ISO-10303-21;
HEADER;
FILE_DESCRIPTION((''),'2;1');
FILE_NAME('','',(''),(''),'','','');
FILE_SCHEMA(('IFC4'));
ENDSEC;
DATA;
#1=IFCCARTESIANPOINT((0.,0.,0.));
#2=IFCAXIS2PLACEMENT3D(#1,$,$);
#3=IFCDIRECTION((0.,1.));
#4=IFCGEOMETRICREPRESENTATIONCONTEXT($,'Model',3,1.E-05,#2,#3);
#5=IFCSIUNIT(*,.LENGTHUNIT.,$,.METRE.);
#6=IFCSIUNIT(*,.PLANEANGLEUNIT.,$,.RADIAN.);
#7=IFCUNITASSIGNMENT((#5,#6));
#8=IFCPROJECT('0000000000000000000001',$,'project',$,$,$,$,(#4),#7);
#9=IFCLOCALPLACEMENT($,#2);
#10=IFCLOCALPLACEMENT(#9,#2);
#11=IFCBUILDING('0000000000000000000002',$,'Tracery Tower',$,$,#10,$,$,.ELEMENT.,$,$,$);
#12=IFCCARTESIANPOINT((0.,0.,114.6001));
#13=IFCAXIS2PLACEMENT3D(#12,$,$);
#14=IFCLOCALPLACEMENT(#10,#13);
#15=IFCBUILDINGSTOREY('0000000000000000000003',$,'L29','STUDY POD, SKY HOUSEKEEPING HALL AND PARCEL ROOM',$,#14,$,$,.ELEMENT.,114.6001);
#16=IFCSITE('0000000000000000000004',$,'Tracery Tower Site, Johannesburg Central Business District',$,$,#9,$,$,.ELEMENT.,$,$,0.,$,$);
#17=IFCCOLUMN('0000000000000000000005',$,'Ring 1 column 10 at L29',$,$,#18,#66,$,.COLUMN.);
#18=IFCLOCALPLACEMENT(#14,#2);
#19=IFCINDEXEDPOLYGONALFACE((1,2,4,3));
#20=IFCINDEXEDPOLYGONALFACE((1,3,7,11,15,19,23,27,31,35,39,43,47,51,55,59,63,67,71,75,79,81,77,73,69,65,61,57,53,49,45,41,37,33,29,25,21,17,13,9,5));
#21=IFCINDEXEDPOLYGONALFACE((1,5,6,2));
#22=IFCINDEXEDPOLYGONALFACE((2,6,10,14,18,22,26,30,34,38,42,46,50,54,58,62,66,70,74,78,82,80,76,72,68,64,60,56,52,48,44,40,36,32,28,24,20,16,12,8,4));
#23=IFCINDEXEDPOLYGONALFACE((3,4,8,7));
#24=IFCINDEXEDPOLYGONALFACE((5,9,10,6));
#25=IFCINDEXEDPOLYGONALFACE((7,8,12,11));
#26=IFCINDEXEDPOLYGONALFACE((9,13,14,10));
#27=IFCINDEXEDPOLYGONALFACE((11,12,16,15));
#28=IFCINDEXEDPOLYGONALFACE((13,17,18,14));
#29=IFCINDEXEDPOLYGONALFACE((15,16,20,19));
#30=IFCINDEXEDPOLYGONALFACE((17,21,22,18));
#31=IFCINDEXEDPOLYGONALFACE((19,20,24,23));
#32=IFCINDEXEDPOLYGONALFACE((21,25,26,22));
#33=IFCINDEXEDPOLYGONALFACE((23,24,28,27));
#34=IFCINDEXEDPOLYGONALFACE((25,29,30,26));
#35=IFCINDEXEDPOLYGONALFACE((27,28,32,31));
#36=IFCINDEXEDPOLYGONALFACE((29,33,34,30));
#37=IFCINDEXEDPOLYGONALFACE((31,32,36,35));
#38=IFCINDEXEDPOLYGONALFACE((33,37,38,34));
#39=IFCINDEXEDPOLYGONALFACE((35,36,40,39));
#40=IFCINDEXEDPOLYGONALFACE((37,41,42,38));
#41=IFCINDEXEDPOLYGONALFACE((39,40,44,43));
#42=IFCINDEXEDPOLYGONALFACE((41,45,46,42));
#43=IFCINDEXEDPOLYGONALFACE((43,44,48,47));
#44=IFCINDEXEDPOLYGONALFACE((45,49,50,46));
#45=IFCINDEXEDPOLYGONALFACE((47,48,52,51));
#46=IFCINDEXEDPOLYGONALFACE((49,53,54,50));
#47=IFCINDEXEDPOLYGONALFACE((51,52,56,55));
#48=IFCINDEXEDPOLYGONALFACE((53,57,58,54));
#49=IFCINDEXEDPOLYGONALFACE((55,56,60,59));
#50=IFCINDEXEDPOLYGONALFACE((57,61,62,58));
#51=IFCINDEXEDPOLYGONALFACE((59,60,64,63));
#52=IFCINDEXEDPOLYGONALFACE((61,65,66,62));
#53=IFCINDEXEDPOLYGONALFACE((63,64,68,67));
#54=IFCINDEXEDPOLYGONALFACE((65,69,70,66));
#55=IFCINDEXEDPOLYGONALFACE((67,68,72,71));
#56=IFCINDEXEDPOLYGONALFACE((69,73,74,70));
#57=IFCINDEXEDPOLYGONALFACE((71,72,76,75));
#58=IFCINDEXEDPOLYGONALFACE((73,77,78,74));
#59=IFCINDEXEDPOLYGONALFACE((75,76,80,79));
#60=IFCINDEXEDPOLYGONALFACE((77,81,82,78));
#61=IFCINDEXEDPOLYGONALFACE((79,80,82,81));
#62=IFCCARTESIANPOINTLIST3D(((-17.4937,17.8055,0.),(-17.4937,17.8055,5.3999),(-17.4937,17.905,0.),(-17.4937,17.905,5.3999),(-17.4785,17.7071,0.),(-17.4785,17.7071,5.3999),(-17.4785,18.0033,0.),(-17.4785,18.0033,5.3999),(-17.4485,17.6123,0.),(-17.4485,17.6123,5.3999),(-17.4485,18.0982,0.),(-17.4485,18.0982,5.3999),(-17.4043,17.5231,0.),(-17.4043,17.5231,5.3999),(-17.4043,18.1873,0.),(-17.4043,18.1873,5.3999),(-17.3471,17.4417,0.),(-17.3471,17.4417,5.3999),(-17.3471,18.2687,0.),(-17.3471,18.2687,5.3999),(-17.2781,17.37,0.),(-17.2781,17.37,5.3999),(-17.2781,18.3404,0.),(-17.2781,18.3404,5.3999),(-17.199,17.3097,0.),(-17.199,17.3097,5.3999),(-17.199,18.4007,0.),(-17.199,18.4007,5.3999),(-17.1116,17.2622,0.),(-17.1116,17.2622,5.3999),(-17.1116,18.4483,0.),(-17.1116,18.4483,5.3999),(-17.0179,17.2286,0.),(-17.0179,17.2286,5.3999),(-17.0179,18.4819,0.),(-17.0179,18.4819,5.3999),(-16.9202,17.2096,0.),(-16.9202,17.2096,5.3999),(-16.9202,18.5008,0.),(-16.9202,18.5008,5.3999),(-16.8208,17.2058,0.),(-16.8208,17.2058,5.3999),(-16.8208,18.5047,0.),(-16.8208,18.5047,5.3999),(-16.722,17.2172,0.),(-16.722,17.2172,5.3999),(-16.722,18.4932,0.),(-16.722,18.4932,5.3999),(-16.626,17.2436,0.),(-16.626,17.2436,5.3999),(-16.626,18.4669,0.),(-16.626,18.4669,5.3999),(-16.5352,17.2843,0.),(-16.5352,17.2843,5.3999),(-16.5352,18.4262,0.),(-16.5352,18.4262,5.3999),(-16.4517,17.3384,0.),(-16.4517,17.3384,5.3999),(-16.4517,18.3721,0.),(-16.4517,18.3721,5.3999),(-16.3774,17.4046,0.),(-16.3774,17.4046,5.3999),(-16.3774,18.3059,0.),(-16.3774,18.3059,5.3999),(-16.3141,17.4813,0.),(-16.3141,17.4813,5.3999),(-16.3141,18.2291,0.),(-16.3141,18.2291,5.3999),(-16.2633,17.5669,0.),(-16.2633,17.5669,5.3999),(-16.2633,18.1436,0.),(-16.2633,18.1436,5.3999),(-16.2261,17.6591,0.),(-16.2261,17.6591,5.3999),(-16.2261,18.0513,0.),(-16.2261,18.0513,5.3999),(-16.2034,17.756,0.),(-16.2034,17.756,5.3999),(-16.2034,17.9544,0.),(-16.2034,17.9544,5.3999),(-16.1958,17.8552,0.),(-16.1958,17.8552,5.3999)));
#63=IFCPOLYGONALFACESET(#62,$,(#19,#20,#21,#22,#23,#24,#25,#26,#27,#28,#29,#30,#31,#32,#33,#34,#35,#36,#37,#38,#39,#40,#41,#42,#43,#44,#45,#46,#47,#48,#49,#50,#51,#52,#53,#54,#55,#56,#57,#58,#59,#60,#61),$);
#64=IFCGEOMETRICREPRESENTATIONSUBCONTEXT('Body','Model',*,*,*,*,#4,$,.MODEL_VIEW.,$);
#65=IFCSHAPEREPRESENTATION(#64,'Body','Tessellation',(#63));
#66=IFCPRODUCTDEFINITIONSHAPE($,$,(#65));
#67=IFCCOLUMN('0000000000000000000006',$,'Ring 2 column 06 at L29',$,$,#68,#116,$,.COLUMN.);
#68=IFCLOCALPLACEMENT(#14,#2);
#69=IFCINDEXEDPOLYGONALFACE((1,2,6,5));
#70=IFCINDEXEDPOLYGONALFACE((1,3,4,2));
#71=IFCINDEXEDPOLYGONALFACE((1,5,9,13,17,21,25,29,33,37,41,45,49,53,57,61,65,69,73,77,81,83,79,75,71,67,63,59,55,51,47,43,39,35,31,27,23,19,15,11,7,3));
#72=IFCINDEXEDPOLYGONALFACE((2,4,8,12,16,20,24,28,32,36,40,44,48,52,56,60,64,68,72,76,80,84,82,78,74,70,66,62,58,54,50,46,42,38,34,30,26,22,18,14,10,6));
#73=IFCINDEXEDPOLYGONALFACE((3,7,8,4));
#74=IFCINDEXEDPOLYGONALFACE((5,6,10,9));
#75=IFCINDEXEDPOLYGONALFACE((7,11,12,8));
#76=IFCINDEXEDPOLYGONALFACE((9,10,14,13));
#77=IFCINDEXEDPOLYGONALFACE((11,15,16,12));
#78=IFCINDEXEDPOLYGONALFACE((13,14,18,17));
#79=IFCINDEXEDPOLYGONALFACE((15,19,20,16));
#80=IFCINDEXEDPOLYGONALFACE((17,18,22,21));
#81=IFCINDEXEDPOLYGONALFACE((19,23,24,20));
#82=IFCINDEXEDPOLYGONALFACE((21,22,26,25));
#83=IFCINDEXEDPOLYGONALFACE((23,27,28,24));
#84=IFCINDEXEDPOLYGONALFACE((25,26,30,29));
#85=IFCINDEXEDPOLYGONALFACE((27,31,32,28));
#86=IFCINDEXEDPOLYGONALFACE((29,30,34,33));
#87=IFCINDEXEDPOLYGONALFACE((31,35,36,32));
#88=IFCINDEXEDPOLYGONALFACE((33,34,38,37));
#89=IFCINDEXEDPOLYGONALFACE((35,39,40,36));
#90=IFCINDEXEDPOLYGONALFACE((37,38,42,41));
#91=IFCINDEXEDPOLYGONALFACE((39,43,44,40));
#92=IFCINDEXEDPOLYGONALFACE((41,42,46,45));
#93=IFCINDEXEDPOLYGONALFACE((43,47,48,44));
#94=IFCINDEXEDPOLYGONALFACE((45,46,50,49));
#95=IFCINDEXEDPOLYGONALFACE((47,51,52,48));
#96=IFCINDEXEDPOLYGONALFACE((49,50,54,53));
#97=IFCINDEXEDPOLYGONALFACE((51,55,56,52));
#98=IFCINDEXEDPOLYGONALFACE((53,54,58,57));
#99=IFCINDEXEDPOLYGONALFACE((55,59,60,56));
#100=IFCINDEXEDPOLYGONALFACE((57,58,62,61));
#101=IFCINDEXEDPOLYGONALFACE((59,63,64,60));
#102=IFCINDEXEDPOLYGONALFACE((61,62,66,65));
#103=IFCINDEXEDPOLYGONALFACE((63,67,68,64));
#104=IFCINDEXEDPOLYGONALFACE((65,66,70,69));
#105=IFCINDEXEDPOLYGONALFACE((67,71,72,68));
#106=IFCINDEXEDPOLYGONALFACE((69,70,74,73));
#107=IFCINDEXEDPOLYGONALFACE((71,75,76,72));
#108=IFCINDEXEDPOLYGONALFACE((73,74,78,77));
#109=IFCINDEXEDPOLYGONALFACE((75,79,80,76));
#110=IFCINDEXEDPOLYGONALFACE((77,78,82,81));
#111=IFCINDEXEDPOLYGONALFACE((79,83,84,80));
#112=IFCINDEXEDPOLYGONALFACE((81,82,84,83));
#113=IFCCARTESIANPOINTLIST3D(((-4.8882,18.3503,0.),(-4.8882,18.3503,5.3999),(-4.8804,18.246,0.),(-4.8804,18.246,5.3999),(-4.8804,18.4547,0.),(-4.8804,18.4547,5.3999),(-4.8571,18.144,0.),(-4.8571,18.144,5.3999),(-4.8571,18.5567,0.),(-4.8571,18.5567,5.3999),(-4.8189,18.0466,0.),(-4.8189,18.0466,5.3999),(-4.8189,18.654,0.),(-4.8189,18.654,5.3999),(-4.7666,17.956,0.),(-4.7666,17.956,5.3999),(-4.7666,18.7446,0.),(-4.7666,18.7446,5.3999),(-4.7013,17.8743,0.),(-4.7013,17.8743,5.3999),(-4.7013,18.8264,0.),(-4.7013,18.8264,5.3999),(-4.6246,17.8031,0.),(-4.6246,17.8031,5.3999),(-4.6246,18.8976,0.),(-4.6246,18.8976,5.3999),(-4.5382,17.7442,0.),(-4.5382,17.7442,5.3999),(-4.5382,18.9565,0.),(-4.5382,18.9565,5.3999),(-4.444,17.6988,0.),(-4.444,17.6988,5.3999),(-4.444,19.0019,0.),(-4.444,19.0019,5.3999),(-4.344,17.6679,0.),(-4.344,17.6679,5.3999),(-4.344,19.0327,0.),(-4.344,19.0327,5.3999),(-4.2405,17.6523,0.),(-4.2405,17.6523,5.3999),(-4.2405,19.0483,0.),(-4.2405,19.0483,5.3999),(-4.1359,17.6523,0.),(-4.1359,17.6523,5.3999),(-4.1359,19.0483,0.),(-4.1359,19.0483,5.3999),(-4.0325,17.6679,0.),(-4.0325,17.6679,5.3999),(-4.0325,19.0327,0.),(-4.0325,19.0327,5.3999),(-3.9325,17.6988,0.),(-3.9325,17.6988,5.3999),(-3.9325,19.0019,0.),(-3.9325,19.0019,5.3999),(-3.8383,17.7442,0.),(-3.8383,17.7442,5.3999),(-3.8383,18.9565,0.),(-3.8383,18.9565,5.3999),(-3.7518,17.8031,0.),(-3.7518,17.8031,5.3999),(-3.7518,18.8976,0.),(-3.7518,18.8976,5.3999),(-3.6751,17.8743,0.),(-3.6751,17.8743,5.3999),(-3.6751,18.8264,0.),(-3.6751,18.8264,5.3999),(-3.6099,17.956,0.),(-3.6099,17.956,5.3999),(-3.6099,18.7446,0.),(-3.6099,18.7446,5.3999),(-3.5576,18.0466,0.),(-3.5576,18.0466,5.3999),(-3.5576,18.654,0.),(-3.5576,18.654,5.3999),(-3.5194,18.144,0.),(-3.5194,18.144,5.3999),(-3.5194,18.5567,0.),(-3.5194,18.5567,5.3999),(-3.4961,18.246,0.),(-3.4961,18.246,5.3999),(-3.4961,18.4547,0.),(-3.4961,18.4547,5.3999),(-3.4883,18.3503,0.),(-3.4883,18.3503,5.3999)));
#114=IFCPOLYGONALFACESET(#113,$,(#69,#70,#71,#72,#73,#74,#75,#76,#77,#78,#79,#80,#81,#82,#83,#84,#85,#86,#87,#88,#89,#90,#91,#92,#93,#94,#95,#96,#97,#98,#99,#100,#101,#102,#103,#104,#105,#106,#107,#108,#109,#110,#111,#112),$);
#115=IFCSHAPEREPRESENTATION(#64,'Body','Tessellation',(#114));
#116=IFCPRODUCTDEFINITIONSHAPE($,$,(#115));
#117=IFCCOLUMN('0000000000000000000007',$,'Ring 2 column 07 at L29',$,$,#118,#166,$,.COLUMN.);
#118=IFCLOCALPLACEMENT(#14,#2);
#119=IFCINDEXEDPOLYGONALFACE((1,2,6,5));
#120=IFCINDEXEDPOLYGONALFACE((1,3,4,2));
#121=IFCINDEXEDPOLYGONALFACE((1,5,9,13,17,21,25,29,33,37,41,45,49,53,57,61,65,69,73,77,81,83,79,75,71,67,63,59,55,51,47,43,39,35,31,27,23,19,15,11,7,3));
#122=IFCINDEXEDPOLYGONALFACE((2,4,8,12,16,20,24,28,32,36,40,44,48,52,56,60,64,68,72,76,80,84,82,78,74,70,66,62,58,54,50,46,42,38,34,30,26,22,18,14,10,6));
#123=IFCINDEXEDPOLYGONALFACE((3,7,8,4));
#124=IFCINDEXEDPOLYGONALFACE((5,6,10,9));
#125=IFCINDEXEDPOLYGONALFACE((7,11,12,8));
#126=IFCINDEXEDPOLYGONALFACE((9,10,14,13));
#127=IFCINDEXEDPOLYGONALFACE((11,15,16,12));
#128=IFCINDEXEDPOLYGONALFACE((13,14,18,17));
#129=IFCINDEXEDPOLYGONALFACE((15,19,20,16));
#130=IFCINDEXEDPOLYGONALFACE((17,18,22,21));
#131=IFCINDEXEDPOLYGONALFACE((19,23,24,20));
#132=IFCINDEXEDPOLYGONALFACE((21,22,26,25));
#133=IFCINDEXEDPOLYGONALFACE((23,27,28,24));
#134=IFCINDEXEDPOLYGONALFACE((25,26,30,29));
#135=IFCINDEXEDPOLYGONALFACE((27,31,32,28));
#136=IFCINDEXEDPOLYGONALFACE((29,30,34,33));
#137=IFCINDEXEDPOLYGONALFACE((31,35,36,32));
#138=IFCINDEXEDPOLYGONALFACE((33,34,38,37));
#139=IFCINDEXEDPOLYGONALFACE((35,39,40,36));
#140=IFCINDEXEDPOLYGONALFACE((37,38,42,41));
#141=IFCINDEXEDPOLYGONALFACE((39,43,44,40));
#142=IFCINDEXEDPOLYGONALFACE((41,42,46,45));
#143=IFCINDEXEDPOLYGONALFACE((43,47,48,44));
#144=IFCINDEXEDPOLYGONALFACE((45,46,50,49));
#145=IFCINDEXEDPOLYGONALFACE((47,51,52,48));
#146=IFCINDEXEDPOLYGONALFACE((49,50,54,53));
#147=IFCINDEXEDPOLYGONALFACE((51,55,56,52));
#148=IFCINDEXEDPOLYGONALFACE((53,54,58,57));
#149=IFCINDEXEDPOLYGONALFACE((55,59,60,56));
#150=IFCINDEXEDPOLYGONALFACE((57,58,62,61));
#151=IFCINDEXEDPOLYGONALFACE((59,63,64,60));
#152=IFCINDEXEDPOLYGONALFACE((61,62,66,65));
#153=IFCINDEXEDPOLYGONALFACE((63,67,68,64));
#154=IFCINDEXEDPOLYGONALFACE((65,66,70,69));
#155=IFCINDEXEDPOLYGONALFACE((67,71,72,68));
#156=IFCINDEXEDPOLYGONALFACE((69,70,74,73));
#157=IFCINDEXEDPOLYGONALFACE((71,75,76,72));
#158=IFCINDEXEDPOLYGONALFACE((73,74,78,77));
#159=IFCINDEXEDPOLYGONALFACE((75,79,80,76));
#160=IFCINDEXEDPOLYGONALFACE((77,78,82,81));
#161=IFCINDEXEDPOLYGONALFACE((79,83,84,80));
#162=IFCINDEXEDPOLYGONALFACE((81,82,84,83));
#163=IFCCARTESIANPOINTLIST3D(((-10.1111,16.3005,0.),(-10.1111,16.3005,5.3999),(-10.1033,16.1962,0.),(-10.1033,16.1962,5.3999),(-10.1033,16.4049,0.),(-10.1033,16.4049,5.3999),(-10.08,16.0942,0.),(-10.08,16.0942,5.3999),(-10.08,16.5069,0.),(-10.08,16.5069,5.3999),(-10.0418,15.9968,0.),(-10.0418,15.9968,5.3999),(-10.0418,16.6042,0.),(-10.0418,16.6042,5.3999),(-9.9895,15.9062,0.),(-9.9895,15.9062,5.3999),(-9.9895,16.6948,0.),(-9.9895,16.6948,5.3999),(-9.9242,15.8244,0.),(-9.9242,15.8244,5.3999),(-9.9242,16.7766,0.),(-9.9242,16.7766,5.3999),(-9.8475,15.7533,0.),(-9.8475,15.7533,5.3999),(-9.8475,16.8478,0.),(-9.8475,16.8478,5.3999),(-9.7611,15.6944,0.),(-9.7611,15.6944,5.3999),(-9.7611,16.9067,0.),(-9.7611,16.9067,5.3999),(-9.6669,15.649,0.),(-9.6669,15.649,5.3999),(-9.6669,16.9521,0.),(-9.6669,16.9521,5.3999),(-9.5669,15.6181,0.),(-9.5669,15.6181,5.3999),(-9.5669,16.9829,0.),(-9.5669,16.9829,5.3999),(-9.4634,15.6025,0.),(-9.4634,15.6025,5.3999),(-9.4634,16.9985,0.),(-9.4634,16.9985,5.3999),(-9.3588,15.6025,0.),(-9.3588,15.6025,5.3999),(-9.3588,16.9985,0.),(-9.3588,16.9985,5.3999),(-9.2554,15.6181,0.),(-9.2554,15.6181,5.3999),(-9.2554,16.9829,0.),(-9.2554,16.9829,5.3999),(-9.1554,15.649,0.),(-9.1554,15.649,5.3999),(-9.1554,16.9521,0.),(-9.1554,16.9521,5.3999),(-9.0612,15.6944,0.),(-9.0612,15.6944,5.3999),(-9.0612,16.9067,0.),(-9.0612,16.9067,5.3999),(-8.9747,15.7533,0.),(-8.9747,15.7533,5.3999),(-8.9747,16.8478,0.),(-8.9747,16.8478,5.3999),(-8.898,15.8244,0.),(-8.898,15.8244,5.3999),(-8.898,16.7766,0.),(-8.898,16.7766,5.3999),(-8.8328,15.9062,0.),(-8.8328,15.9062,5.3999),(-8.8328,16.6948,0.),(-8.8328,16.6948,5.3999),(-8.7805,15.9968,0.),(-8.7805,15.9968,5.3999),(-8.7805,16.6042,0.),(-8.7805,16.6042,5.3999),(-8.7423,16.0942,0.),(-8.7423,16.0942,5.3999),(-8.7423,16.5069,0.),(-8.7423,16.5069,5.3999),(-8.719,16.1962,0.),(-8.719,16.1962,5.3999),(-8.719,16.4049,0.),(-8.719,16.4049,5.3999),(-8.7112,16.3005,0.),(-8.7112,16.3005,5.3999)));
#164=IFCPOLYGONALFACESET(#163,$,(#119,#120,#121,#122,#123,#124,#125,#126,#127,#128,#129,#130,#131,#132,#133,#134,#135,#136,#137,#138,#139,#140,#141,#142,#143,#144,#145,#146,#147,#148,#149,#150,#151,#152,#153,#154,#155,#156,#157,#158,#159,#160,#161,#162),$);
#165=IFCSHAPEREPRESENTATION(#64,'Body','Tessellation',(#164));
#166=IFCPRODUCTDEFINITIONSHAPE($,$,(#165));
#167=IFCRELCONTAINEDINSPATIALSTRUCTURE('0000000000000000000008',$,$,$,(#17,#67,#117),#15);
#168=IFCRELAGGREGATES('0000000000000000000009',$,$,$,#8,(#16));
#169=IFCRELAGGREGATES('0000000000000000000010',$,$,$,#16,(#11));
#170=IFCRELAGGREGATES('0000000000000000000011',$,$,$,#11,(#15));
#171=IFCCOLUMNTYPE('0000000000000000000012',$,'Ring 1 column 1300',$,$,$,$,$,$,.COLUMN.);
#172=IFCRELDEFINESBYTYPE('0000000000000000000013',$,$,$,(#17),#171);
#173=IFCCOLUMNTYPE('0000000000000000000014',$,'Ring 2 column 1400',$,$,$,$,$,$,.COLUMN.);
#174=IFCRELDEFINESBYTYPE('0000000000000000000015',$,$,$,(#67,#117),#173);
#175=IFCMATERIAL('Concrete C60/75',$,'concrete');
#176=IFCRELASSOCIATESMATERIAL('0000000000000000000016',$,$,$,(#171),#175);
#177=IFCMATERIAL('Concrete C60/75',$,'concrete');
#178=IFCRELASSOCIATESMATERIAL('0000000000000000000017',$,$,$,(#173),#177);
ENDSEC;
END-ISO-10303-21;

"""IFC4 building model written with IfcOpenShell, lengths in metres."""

from ifc_helpers import new_model, si_unit, direction, frame, origin, origin_2d, place, context, subcontext, project, spatial, circle, extrude, material, material_profile, profile_set, type_object, element, save


model = new_model("IFC4")

# Units and contexts
model_context = context("Model", 3, precision=1e-05, world=origin(), true_north=direction((0.0, 1.0)))
body_context = subcontext(model_context, "Body", "Model", "MODEL_VIEW")
ifc_project = project(units=[si_unit("LENGTHUNIT", "METRE"), si_unit("PLANEANGLEUNIT", "RADIAN")], contexts=[model_context])

# Site, building, storey
site_placement = place(None, origin())
site = spatial("IfcSite", under=ifc_project, at=site_placement, Name="Tracery Tower Site, Johannesburg Central Business District", CompositionType="ELEMENT", RefElevation=0.0)
building_placement = place(site_placement, origin())
building = spatial("IfcBuilding", under=site, at=building_placement, Name="Tracery Tower", CompositionType="ELEMENT")
storey_placement = place(building_placement, frame((0.0, 0.0, 114.6001)))
storey = spatial("IfcBuildingStorey", under=building, at=storey_placement, Name="L29", Description="STUDY POD, SKY HOUSEKEEPING HALL AND PARCEL ROOM", CompositionType="ELEMENT", Elevation=114.6001)

# Columns
ifc_material_1 = material(Name="Concrete C60/75", Category="concrete")
ifc_material_profile_1 = material_profile(ifc_material_1, circle(Radius=0.6499, at=origin_2d()), Name="RC D1300")
ifc_profile_set_1 = profile_set([ifc_material_profile_1], Name="Concrete C60/75")
column_type_1 = type_object("IfcColumnType", Name="Ring 1 column 1300", PredefinedType="COLUMN", material=ifc_profile_set_1)
column_placement = place(storey_placement, frame((-16.8457, 17.8552, 0.0), z_axis=(0.0, 0.0, 1.0), x_axis=(1.0, 0.0, 0.0)))
element("IfcColumn", 1, at=column_placement, inside=storey, type_object=column_type_1, Name="Ring 1 column 10 at L29", PredefinedType="COLUMN", context=body_context, shape_type="SweptSolid", body=[
    extrude(circle(Radius=0.6499, at=origin_2d()), origin(), (0.0, 0.0, 1.0), 5.3999),
])
ifc_material_2 = material(Name="Concrete C60/75", Category="concrete")
ifc_material_profile_2 = material_profile(ifc_material_2, circle(Radius=0.7, at=origin_2d()), Name="RC D1400")
ifc_profile_set_2 = profile_set([ifc_material_profile_2], Name="Concrete C60/75")
column_type_2 = type_object("IfcColumnType", Name="Ring 2 column 1400", PredefinedType="COLUMN", material=ifc_profile_set_2)
for number, where, z_axis, x_axis, name in (
    (2, (-4.1882, 18.3503, 0.0), (0.0, 0.0, 1.0), (1.0, 0.0, 0.0), "Ring 2 column 06 at L29"),
    (3, (-9.4111, 16.3005, 0.0), (0.0, 0.0, 1.0), (1.0, 0.0, 0.0), "Ring 2 column 07 at L29"),
):
    element("IfcColumn", number, at=place(storey_placement, frame(where, z_axis=z_axis, x_axis=x_axis)), inside=storey, type_object=column_type_2, Name=name, PredefinedType="COLUMN", context=body_context, shape_type="SweptSolid", body=[
        extrude(circle(Radius=0.7, at=origin_2d()), origin(), (0.0, 0.0, 1.0), 5.3999),
    ])

save(model, "model.ifc")
